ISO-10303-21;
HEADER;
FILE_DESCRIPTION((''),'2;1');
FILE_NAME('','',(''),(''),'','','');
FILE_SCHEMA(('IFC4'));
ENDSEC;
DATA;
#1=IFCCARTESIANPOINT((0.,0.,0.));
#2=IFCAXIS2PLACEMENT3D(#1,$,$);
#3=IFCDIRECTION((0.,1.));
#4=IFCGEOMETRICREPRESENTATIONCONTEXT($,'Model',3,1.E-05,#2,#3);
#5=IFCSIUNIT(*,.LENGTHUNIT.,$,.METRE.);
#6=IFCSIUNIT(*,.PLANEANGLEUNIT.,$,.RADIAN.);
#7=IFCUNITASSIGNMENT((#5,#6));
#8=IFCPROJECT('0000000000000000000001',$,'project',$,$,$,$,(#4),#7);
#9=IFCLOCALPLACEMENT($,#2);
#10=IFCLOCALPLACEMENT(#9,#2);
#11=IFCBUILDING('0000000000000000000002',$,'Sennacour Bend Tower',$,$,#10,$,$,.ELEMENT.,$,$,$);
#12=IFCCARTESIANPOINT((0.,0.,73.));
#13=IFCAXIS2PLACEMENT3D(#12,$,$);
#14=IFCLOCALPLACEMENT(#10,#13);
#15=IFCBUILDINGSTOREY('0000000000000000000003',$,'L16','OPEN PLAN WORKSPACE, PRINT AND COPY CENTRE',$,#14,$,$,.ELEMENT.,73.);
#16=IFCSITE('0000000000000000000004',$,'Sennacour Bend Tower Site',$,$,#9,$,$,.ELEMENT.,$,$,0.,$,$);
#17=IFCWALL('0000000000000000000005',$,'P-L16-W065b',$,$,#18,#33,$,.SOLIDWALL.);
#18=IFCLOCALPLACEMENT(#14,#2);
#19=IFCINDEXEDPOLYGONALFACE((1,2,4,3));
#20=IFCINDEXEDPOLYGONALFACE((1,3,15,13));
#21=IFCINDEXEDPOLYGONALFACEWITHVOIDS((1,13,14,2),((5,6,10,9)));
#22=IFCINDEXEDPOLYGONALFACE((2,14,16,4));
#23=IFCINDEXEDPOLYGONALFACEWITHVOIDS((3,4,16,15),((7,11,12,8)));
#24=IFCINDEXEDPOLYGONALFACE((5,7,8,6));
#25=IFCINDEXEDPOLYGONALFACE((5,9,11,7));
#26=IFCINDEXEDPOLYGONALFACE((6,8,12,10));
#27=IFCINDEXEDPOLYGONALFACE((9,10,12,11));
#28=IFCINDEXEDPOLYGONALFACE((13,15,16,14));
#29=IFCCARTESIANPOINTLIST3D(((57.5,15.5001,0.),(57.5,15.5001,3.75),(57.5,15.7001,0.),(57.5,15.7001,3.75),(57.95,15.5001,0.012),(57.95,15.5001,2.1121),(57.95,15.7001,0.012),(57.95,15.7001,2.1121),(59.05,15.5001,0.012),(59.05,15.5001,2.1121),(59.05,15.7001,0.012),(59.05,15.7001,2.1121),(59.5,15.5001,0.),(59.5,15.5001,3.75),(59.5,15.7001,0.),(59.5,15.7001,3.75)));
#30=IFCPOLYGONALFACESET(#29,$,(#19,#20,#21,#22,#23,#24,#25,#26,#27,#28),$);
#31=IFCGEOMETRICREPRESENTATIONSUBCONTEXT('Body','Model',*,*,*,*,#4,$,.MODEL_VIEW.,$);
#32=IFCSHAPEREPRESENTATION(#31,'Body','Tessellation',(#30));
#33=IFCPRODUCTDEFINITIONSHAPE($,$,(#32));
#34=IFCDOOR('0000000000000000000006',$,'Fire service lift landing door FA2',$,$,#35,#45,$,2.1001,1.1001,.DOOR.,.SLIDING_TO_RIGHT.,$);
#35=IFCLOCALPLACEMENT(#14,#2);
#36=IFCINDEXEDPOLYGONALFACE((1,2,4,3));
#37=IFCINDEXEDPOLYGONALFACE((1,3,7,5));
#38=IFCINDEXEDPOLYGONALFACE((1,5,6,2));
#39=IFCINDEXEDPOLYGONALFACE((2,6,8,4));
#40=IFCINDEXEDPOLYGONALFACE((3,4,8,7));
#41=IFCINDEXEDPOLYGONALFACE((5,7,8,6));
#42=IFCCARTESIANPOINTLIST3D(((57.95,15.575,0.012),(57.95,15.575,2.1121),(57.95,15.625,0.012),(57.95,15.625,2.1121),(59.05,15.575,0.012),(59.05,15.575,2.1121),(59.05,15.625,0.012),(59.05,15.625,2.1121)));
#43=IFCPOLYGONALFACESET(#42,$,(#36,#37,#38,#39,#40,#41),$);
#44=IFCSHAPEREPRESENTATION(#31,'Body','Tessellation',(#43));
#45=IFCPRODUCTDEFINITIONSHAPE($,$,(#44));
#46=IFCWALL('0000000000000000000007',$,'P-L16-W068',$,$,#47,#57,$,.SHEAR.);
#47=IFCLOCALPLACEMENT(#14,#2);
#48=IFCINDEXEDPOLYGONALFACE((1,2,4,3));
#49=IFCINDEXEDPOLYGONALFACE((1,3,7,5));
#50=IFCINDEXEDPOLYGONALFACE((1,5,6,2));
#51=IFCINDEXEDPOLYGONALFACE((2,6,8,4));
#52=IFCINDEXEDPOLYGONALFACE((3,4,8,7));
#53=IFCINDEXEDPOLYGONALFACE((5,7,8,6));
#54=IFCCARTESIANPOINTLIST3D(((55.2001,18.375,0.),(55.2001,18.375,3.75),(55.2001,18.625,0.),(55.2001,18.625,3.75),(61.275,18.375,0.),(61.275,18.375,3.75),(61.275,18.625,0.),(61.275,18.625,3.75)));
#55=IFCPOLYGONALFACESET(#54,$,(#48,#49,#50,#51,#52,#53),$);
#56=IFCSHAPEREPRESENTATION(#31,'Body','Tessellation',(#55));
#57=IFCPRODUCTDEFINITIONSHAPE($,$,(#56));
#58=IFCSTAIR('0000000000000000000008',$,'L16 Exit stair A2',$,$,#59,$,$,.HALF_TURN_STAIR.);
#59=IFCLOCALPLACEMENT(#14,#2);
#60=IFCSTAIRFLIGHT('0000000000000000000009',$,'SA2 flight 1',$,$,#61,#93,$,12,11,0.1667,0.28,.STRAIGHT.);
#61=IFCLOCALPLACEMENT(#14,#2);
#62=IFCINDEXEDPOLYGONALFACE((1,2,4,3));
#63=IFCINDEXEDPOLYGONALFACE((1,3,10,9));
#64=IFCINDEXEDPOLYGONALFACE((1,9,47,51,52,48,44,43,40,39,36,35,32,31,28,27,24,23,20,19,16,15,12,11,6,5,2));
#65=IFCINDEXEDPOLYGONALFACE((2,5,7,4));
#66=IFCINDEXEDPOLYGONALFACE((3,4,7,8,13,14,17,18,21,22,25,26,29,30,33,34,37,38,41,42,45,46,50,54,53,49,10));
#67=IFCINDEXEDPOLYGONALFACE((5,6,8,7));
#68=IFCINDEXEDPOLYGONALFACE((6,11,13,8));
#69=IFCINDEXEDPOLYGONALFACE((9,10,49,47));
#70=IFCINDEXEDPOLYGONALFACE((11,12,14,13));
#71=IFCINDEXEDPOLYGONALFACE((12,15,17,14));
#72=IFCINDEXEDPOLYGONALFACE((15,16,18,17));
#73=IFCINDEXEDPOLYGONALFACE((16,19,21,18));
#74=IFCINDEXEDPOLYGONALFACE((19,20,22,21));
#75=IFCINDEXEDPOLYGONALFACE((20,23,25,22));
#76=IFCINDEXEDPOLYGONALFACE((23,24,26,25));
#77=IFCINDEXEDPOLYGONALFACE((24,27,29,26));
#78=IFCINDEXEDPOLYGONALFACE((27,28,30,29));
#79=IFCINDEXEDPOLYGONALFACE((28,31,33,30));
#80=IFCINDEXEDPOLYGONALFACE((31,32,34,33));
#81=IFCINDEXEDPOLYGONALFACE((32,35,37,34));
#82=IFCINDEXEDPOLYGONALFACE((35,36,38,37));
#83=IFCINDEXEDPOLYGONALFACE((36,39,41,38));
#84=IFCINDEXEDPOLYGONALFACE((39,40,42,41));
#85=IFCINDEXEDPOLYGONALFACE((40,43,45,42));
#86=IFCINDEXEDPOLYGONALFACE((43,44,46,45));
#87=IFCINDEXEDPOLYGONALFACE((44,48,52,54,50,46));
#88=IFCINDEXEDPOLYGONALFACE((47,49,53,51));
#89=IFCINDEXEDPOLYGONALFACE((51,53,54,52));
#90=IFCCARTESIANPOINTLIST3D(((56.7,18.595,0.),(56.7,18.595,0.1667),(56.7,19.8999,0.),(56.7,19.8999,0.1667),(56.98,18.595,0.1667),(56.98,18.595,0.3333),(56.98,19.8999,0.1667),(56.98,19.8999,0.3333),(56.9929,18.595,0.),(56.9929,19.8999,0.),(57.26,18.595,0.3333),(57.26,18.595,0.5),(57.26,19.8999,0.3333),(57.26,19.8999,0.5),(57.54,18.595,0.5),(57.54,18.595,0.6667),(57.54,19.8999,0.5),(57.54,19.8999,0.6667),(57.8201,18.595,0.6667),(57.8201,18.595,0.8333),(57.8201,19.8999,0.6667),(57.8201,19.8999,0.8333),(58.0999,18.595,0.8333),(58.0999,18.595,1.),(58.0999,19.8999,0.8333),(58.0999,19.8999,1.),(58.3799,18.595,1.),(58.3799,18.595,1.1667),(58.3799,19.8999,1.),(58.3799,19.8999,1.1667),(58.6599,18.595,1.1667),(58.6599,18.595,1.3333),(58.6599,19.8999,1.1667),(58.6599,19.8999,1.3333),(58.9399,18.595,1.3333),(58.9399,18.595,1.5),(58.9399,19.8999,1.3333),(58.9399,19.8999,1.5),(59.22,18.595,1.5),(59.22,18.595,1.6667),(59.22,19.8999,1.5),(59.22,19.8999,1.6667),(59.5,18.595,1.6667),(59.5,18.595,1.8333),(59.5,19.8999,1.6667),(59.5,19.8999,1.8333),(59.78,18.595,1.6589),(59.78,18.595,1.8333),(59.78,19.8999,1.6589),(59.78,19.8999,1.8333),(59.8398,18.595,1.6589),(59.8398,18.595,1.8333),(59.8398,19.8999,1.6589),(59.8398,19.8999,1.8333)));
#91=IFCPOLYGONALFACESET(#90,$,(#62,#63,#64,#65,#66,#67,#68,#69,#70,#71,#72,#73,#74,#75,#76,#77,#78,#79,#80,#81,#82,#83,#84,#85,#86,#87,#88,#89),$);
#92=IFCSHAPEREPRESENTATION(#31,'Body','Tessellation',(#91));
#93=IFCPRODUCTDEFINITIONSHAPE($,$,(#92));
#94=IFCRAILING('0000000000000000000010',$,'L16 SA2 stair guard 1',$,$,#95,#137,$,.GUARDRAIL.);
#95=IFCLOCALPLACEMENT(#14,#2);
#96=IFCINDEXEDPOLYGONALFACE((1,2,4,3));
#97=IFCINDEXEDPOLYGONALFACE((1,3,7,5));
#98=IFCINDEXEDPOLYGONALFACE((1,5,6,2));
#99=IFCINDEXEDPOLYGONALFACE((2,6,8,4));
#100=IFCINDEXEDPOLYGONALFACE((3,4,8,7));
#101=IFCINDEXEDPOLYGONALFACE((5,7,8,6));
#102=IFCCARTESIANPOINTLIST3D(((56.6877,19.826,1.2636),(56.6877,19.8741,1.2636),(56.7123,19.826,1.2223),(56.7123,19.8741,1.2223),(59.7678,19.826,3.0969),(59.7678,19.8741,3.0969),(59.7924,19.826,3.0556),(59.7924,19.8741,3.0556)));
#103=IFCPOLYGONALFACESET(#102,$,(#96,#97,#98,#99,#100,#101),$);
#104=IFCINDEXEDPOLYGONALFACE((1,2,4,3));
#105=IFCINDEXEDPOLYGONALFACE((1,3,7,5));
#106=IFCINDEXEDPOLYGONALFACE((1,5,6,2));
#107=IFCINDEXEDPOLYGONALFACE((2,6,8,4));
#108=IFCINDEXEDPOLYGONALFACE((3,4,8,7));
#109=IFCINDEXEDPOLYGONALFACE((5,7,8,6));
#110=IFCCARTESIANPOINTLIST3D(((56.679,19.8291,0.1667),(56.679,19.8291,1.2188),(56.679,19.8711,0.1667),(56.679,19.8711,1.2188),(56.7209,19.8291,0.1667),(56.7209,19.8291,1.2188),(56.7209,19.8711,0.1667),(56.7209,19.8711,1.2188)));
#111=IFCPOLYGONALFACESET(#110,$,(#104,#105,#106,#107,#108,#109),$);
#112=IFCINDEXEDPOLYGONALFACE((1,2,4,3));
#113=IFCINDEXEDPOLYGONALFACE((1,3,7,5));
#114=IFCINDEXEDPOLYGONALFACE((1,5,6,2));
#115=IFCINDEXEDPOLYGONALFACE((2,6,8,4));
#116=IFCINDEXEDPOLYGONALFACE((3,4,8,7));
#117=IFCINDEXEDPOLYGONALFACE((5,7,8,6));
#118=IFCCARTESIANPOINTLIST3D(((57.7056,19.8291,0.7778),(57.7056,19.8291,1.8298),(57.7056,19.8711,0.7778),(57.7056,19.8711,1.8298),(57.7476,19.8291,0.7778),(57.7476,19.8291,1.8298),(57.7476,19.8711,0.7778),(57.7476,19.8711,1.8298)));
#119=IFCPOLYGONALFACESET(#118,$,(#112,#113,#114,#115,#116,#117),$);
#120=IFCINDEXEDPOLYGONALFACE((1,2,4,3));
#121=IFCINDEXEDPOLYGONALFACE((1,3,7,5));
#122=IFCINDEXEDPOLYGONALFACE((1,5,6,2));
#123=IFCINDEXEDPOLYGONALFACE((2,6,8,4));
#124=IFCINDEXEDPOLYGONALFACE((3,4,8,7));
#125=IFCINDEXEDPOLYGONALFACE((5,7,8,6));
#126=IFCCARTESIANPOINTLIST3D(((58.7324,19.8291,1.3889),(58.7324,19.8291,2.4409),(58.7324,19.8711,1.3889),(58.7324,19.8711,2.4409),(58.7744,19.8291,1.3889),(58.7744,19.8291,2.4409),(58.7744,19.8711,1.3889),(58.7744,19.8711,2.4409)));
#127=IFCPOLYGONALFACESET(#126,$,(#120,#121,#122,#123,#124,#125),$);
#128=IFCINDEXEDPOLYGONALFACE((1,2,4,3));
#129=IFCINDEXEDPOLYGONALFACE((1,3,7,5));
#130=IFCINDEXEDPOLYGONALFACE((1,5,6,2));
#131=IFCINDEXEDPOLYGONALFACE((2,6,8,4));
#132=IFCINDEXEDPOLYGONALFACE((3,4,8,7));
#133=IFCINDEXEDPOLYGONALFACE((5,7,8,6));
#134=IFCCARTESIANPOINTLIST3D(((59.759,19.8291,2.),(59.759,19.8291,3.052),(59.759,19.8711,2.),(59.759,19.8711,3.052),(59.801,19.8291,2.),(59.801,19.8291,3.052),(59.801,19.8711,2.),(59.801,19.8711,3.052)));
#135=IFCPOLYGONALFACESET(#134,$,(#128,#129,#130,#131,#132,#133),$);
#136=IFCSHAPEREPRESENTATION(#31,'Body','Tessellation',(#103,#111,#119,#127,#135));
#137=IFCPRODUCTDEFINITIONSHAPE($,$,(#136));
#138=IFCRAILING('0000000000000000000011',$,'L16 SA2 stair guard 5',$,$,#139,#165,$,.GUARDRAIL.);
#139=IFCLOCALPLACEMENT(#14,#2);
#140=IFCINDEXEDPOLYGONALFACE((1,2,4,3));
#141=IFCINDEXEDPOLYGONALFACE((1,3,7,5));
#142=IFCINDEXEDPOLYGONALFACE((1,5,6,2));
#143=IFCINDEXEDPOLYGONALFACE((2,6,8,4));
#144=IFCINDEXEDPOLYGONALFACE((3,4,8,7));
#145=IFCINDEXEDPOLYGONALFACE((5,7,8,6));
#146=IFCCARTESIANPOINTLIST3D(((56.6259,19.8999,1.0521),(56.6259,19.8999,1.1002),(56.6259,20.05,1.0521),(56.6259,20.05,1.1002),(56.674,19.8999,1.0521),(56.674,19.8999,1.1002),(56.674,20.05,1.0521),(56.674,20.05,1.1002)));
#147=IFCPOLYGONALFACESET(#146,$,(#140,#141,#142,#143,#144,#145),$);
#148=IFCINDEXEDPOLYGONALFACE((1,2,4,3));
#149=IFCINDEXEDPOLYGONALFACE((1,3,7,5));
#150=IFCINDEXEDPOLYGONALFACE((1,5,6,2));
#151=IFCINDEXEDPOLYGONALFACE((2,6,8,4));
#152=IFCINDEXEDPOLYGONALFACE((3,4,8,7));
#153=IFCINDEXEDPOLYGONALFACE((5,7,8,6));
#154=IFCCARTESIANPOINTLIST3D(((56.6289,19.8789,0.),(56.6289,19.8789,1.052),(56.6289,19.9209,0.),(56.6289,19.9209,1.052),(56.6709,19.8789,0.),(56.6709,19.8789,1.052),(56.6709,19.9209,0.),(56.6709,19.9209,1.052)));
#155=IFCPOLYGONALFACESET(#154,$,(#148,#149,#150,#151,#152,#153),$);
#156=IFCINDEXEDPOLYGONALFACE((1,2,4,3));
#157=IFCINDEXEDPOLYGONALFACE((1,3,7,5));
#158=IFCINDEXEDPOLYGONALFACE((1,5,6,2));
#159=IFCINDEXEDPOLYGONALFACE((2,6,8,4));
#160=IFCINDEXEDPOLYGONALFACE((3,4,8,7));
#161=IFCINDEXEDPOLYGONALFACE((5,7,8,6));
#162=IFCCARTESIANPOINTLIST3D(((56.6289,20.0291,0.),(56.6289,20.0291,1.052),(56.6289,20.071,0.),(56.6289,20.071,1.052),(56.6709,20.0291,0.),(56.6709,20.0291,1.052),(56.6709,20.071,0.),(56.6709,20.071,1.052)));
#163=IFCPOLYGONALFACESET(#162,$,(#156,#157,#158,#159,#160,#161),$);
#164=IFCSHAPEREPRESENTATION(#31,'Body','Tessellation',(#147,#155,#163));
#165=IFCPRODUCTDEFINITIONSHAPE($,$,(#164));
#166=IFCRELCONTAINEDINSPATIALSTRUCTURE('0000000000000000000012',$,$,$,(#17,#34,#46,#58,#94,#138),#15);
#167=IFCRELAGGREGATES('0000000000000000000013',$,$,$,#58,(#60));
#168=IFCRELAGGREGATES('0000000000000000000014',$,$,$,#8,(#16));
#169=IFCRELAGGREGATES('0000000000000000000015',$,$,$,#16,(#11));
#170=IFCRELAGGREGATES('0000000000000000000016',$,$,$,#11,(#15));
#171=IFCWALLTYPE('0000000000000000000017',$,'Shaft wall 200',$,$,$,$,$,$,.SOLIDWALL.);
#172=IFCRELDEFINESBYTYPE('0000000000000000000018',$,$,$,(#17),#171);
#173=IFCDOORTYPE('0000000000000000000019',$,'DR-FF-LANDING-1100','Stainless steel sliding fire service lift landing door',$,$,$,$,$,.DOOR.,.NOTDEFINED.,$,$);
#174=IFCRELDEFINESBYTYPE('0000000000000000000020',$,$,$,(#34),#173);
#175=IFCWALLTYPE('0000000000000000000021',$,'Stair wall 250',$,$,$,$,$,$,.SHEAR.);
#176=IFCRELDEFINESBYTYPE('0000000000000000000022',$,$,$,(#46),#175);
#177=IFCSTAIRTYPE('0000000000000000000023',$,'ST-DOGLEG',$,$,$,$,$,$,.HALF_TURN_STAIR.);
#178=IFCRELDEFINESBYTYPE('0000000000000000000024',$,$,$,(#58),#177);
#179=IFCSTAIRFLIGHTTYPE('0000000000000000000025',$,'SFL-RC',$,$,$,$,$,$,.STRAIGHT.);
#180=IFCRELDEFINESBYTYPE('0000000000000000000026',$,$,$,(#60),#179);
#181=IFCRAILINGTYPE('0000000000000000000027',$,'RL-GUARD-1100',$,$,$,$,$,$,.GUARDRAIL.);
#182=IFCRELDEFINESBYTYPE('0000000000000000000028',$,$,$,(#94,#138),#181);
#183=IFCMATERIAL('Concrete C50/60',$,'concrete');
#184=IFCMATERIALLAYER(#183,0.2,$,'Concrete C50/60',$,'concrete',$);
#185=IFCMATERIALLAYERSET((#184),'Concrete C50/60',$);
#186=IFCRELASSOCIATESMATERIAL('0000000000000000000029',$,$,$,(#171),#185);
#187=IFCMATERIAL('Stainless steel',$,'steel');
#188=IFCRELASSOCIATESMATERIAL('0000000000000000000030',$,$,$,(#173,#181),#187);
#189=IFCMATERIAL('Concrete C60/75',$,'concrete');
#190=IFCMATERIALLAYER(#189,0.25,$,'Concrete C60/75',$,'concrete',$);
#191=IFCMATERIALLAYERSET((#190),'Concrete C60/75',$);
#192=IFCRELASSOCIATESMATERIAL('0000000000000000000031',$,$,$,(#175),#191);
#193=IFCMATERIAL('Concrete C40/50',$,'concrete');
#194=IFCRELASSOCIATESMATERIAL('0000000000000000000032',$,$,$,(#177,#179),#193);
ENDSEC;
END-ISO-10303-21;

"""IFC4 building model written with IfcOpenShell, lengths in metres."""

from ifc_helpers import new_model, si_unit, direction, frame, frame_2d, origin, origin_2d, place, context, subcontext, project, spatial, polyline, rectangle, outline, extrude, material, layer, layer_set, type_object, element, fill, aggregate, save


model = new_model("IFC4")

# Units and contexts
model_context = context("Model", 3, precision=1e-05, world=origin(), true_north=direction((0.0, 1.0)))
body_context = subcontext(model_context, "Body", "Model", "MODEL_VIEW")
ifc_project = project(units=[si_unit("LENGTHUNIT", "METRE"), si_unit("PLANEANGLEUNIT", "RADIAN")], contexts=[model_context])

# Site, building, storey
site_placement = place(None, origin())
site = spatial("IfcSite", under=ifc_project, at=site_placement, Name="Sennacour Bend Tower Site", CompositionType="ELEMENT", RefElevation=0.0)
building_placement = place(site_placement, origin())
building = spatial("IfcBuilding", under=site, at=building_placement, Name="Sennacour Bend Tower", CompositionType="ELEMENT")
storey_placement = place(building_placement, frame((0.0, 0.0, 73.0)))
storey = spatial("IfcBuildingStorey", under=building, at=storey_placement, Name="L16", Description="OPEN PLAN WORKSPACE, PRINT AND COPY CENTRE", CompositionType="ELEMENT", Elevation=73.0)

# Shared definitions
ifc_material_1 = material(Name="Concrete C50/60", Category="concrete")
ifc_layer_1 = layer(ifc_material_1, 0.2, Name="Concrete C50/60", Category="concrete")
ifc_layer_set_1 = layer_set([ifc_layer_1], Name="Concrete C50/60")
wall_type_1 = type_object("IfcWallType", Name="Shaft wall 200", PredefinedType="SOLIDWALL", material=ifc_layer_set_1)

# Wall, opening, door
ifc_material_2 = material(Name="Stainless steel", Category="steel")
door_type = type_object("IfcDoorType", Name="DR-FF-LANDING-1100", Description="Stainless steel sliding fire service lift landing door", OperationType="NOTDEFINED", PredefinedType="DOOR", material=ifc_material_2)
wall_1_placement = place(storey_placement, frame((57.5, 15.6001, 0.0), z_axis=(0.0, 0.0, 1.0), x_axis=(1.0, 0.0, 0.0)))
wall_1 = element("IfcWall", 1, at=wall_1_placement, inside=storey, type_object=wall_type_1, Name="P-L16-W065b", PredefinedType="SOLIDWALL", context=body_context, shape_type="SweptSolid", body=[
    extrude(rectangle(XDim=2.0, YDim=0.2, at=frame_2d((1.0, 0.0))), origin(), (0.0, 0.0, 1.0), 3.75),
])
opening_1_placement = place(wall_1_placement, frame((0.45, 0.0, 0.012)))
opening_1 = element("IfcOpeningElement", 2, at=opening_1_placement, cuts=wall_1, PredefinedType="OPENING", context=body_context, shape_type="SweptSolid", body=[
    extrude(rectangle(XDim=1.1001, YDim=2.1001, at=frame_2d((0.55, 1.05))), frame((0.0, 0.1099, 0.0), z_axis=(0.0, -1.0, 0.0), x_axis=(1.0, 0.0, 0.0)), (0.0, 0.0, 1.0), 0.22),
])
door_1_placement = place(opening_1_placement, origin())
door_1 = element("IfcDoor", 3, at=door_1_placement, inside=storey, type_object=door_type, Name="Fire service lift landing door FA2", OperationType="SLIDING_TO_RIGHT", OverallHeight=2.1001, OverallWidth=1.1001, PredefinedType="DOOR", context=body_context, shape_type="SweptSolid", body=[
    extrude(rectangle(XDim=1.1001, YDim=2.1001, at=frame_2d((0.55, 1.05))), frame((0.0, 0.0249, 0.0), z_axis=(0.0, -1.0, 0.0), x_axis=(1.0, 0.0, 0.0)), (0.0, 0.0, 1.0), 0.05),
])
fill(opening_1, door_1)

# Wall
ifc_material_3 = material(Name="Concrete C60/75", Category="concrete")
ifc_layer_2 = layer(ifc_material_3, 0.25, Name="Concrete C60/75", Category="concrete")
ifc_layer_set_2 = layer_set([ifc_layer_2], Name="Concrete C60/75")
wall_type_2 = type_object("IfcWallType", Name="Stair wall 250", PredefinedType="SHEAR", material=ifc_layer_set_2)
wall_2_placement = place(storey_placement, frame((55.2, 18.5, 0.0), z_axis=(0.0, 0.0, 1.0), x_axis=(1.0, 0.0, 0.0)))
element("IfcWall", 4, at=wall_2_placement, inside=storey, type_object=wall_type_2, Name="P-L16-W068", PredefinedType="SHEAR", context=body_context, shape_type="SweptSolid", body=[
    extrude(rectangle(XDim=6.075, YDim=0.25, at=frame_2d((3.0376, 0.0))), origin(), (0.0, 0.0, 1.0), 3.75),
])

# Stair, stair flight
ifc_material_4 = material(Name="Concrete C40/50", Category="concrete")
stair_type = type_object("IfcStairType", Name="ST-DOGLEG", PredefinedType="HALF_TURN_STAIR", material=ifc_material_4)
stair_placement = place(storey_placement, origin())
stair = element("IfcStair", 5, at=stair_placement, inside=storey, type_object=stair_type, Name="L16 Exit stair A2", PredefinedType="HALF_TURN_STAIR")
stair_flight_type = type_object("IfcStairFlightType", Name="SFL-RC", PredefinedType="STRAIGHT", material=ifc_material_4)
stair_flight_placement = place(storey_placement, frame((56.7, 19.2476, 0.0), z_axis=(0.0, 0.0, 1.0), x_axis=(1.0, 0.0, 0.0)))
stair_flight = element("IfcStairFlight", 6, at=stair_flight_placement, type_object=stair_flight_type, Name="SA2 flight 1", NumberOfRisers=12, NumberOfTreads=11, PredefinedType="STRAIGHT", RiserHeight=0.1667, TreadLength=0.28, context=body_context, shape_type="SweptSolid", body=[
    extrude(outline(polyline([(0.0, 0.0), (0.0, 0.1667), (0.28, 0.1667), (0.28, 0.3333), (0.5601, 0.3333), (0.5601, 0.5), (0.8401, 0.5), (0.8401, 0.6667), (1.1201, 0.6667), (1.1201, 0.8333), (1.3999, 0.8333), (1.3999, 1.0), (1.6799, 1.0), (1.6799, 1.1667), (1.96, 1.1667), (1.96, 1.3333), (2.24, 1.3333), (2.24, 1.5), (2.52, 1.5), (2.52, 1.6667), (2.8, 1.6667), (2.8, 1.8333), (3.0801, 1.8333), (3.1399, 1.8333), (3.1399, 1.6589), (3.0801, 1.6589), (0.293, 0.0), (0.0, 0.0)])), frame((0.0, 0.6523, 0.0), z_axis=(0.0, -1.0, 0.0), x_axis=(1.0, 0.0, 0.0)), (0.0, 0.0, 1.0), 1.3049),
])
aggregate(stair, [stair_flight])

# Railings
railing_type_1 = type_object("IfcRailingType", Name="RL-GUARD-1100", PredefinedType="GUARDRAIL", material=ifc_material_2)
railing_1_placement = place(storey_placement, frame((56.7, 19.8501, 0.1667)))
element("IfcRailing", 7, at=railing_1_placement, inside=storey, type_object=railing_type_1, Name="L16 SA2 stair guard 1", PredefinedType="GUARDRAIL", context=body_context, shape_type="SweptSolid", body=[
    extrude(rectangle(XDim=0.0481, YDim=0.0481, at=origin_2d()), frame((0.0, 0.0, 1.0762), z_axis=(0.859309, 0.0, 0.511458), x_axis=(0.0, 1.0, 0.0)), (0.0, 0.0, 1.0), 3.5845),
    extrude(rectangle(XDim=0.042, YDim=0.042, at=origin_2d()), origin(), (0.0, 0.0, 1.0), 1.052),
    extrude(rectangle(XDim=0.042, YDim=0.042, at=origin_2d()), frame((1.0266, 0.0, 0.6111)), (0.0, 0.0, 1.0), 1.052),
    extrude(rectangle(XDim=0.042, YDim=0.042, at=origin_2d()), frame((2.0535, 0.0, 1.2222)), (0.0, 0.0, 1.0), 1.052),
    extrude(rectangle(XDim=0.042, YDim=0.042, at=origin_2d()), frame((3.0801, 0.0, 1.8333)), (0.0, 0.0, 1.0), 1.052),
])
railing_2_placement = place(storey_placement, frame((56.6499, 19.8999, 0.0)))
element("IfcRailing", 8, at=railing_2_placement, inside=storey, type_object=railing_type_1, Name="L16 SA2 stair guard 5", PredefinedType="GUARDRAIL", context=body_context, shape_type="SweptSolid", body=[
    extrude(rectangle(XDim=0.0481, YDim=0.0481, at=origin_2d()), frame((0.0, 0.0, 1.0762), z_axis=(0.0, 1.0, 0.0), x_axis=(-1.0, 0.0, 0.0)), (0.0, 0.0, 1.0), 0.1501),
    extrude(rectangle(XDim=0.042, YDim=0.042, at=origin_2d()), origin(), (0.0, 0.0, 1.0), 1.052),
    extrude(rectangle(XDim=0.042, YDim=0.042, at=origin_2d()), frame((0.0, 0.1501, 0.0)), (0.0, 0.0, 1.0), 1.052),
])

save(model, "model.ifc")
